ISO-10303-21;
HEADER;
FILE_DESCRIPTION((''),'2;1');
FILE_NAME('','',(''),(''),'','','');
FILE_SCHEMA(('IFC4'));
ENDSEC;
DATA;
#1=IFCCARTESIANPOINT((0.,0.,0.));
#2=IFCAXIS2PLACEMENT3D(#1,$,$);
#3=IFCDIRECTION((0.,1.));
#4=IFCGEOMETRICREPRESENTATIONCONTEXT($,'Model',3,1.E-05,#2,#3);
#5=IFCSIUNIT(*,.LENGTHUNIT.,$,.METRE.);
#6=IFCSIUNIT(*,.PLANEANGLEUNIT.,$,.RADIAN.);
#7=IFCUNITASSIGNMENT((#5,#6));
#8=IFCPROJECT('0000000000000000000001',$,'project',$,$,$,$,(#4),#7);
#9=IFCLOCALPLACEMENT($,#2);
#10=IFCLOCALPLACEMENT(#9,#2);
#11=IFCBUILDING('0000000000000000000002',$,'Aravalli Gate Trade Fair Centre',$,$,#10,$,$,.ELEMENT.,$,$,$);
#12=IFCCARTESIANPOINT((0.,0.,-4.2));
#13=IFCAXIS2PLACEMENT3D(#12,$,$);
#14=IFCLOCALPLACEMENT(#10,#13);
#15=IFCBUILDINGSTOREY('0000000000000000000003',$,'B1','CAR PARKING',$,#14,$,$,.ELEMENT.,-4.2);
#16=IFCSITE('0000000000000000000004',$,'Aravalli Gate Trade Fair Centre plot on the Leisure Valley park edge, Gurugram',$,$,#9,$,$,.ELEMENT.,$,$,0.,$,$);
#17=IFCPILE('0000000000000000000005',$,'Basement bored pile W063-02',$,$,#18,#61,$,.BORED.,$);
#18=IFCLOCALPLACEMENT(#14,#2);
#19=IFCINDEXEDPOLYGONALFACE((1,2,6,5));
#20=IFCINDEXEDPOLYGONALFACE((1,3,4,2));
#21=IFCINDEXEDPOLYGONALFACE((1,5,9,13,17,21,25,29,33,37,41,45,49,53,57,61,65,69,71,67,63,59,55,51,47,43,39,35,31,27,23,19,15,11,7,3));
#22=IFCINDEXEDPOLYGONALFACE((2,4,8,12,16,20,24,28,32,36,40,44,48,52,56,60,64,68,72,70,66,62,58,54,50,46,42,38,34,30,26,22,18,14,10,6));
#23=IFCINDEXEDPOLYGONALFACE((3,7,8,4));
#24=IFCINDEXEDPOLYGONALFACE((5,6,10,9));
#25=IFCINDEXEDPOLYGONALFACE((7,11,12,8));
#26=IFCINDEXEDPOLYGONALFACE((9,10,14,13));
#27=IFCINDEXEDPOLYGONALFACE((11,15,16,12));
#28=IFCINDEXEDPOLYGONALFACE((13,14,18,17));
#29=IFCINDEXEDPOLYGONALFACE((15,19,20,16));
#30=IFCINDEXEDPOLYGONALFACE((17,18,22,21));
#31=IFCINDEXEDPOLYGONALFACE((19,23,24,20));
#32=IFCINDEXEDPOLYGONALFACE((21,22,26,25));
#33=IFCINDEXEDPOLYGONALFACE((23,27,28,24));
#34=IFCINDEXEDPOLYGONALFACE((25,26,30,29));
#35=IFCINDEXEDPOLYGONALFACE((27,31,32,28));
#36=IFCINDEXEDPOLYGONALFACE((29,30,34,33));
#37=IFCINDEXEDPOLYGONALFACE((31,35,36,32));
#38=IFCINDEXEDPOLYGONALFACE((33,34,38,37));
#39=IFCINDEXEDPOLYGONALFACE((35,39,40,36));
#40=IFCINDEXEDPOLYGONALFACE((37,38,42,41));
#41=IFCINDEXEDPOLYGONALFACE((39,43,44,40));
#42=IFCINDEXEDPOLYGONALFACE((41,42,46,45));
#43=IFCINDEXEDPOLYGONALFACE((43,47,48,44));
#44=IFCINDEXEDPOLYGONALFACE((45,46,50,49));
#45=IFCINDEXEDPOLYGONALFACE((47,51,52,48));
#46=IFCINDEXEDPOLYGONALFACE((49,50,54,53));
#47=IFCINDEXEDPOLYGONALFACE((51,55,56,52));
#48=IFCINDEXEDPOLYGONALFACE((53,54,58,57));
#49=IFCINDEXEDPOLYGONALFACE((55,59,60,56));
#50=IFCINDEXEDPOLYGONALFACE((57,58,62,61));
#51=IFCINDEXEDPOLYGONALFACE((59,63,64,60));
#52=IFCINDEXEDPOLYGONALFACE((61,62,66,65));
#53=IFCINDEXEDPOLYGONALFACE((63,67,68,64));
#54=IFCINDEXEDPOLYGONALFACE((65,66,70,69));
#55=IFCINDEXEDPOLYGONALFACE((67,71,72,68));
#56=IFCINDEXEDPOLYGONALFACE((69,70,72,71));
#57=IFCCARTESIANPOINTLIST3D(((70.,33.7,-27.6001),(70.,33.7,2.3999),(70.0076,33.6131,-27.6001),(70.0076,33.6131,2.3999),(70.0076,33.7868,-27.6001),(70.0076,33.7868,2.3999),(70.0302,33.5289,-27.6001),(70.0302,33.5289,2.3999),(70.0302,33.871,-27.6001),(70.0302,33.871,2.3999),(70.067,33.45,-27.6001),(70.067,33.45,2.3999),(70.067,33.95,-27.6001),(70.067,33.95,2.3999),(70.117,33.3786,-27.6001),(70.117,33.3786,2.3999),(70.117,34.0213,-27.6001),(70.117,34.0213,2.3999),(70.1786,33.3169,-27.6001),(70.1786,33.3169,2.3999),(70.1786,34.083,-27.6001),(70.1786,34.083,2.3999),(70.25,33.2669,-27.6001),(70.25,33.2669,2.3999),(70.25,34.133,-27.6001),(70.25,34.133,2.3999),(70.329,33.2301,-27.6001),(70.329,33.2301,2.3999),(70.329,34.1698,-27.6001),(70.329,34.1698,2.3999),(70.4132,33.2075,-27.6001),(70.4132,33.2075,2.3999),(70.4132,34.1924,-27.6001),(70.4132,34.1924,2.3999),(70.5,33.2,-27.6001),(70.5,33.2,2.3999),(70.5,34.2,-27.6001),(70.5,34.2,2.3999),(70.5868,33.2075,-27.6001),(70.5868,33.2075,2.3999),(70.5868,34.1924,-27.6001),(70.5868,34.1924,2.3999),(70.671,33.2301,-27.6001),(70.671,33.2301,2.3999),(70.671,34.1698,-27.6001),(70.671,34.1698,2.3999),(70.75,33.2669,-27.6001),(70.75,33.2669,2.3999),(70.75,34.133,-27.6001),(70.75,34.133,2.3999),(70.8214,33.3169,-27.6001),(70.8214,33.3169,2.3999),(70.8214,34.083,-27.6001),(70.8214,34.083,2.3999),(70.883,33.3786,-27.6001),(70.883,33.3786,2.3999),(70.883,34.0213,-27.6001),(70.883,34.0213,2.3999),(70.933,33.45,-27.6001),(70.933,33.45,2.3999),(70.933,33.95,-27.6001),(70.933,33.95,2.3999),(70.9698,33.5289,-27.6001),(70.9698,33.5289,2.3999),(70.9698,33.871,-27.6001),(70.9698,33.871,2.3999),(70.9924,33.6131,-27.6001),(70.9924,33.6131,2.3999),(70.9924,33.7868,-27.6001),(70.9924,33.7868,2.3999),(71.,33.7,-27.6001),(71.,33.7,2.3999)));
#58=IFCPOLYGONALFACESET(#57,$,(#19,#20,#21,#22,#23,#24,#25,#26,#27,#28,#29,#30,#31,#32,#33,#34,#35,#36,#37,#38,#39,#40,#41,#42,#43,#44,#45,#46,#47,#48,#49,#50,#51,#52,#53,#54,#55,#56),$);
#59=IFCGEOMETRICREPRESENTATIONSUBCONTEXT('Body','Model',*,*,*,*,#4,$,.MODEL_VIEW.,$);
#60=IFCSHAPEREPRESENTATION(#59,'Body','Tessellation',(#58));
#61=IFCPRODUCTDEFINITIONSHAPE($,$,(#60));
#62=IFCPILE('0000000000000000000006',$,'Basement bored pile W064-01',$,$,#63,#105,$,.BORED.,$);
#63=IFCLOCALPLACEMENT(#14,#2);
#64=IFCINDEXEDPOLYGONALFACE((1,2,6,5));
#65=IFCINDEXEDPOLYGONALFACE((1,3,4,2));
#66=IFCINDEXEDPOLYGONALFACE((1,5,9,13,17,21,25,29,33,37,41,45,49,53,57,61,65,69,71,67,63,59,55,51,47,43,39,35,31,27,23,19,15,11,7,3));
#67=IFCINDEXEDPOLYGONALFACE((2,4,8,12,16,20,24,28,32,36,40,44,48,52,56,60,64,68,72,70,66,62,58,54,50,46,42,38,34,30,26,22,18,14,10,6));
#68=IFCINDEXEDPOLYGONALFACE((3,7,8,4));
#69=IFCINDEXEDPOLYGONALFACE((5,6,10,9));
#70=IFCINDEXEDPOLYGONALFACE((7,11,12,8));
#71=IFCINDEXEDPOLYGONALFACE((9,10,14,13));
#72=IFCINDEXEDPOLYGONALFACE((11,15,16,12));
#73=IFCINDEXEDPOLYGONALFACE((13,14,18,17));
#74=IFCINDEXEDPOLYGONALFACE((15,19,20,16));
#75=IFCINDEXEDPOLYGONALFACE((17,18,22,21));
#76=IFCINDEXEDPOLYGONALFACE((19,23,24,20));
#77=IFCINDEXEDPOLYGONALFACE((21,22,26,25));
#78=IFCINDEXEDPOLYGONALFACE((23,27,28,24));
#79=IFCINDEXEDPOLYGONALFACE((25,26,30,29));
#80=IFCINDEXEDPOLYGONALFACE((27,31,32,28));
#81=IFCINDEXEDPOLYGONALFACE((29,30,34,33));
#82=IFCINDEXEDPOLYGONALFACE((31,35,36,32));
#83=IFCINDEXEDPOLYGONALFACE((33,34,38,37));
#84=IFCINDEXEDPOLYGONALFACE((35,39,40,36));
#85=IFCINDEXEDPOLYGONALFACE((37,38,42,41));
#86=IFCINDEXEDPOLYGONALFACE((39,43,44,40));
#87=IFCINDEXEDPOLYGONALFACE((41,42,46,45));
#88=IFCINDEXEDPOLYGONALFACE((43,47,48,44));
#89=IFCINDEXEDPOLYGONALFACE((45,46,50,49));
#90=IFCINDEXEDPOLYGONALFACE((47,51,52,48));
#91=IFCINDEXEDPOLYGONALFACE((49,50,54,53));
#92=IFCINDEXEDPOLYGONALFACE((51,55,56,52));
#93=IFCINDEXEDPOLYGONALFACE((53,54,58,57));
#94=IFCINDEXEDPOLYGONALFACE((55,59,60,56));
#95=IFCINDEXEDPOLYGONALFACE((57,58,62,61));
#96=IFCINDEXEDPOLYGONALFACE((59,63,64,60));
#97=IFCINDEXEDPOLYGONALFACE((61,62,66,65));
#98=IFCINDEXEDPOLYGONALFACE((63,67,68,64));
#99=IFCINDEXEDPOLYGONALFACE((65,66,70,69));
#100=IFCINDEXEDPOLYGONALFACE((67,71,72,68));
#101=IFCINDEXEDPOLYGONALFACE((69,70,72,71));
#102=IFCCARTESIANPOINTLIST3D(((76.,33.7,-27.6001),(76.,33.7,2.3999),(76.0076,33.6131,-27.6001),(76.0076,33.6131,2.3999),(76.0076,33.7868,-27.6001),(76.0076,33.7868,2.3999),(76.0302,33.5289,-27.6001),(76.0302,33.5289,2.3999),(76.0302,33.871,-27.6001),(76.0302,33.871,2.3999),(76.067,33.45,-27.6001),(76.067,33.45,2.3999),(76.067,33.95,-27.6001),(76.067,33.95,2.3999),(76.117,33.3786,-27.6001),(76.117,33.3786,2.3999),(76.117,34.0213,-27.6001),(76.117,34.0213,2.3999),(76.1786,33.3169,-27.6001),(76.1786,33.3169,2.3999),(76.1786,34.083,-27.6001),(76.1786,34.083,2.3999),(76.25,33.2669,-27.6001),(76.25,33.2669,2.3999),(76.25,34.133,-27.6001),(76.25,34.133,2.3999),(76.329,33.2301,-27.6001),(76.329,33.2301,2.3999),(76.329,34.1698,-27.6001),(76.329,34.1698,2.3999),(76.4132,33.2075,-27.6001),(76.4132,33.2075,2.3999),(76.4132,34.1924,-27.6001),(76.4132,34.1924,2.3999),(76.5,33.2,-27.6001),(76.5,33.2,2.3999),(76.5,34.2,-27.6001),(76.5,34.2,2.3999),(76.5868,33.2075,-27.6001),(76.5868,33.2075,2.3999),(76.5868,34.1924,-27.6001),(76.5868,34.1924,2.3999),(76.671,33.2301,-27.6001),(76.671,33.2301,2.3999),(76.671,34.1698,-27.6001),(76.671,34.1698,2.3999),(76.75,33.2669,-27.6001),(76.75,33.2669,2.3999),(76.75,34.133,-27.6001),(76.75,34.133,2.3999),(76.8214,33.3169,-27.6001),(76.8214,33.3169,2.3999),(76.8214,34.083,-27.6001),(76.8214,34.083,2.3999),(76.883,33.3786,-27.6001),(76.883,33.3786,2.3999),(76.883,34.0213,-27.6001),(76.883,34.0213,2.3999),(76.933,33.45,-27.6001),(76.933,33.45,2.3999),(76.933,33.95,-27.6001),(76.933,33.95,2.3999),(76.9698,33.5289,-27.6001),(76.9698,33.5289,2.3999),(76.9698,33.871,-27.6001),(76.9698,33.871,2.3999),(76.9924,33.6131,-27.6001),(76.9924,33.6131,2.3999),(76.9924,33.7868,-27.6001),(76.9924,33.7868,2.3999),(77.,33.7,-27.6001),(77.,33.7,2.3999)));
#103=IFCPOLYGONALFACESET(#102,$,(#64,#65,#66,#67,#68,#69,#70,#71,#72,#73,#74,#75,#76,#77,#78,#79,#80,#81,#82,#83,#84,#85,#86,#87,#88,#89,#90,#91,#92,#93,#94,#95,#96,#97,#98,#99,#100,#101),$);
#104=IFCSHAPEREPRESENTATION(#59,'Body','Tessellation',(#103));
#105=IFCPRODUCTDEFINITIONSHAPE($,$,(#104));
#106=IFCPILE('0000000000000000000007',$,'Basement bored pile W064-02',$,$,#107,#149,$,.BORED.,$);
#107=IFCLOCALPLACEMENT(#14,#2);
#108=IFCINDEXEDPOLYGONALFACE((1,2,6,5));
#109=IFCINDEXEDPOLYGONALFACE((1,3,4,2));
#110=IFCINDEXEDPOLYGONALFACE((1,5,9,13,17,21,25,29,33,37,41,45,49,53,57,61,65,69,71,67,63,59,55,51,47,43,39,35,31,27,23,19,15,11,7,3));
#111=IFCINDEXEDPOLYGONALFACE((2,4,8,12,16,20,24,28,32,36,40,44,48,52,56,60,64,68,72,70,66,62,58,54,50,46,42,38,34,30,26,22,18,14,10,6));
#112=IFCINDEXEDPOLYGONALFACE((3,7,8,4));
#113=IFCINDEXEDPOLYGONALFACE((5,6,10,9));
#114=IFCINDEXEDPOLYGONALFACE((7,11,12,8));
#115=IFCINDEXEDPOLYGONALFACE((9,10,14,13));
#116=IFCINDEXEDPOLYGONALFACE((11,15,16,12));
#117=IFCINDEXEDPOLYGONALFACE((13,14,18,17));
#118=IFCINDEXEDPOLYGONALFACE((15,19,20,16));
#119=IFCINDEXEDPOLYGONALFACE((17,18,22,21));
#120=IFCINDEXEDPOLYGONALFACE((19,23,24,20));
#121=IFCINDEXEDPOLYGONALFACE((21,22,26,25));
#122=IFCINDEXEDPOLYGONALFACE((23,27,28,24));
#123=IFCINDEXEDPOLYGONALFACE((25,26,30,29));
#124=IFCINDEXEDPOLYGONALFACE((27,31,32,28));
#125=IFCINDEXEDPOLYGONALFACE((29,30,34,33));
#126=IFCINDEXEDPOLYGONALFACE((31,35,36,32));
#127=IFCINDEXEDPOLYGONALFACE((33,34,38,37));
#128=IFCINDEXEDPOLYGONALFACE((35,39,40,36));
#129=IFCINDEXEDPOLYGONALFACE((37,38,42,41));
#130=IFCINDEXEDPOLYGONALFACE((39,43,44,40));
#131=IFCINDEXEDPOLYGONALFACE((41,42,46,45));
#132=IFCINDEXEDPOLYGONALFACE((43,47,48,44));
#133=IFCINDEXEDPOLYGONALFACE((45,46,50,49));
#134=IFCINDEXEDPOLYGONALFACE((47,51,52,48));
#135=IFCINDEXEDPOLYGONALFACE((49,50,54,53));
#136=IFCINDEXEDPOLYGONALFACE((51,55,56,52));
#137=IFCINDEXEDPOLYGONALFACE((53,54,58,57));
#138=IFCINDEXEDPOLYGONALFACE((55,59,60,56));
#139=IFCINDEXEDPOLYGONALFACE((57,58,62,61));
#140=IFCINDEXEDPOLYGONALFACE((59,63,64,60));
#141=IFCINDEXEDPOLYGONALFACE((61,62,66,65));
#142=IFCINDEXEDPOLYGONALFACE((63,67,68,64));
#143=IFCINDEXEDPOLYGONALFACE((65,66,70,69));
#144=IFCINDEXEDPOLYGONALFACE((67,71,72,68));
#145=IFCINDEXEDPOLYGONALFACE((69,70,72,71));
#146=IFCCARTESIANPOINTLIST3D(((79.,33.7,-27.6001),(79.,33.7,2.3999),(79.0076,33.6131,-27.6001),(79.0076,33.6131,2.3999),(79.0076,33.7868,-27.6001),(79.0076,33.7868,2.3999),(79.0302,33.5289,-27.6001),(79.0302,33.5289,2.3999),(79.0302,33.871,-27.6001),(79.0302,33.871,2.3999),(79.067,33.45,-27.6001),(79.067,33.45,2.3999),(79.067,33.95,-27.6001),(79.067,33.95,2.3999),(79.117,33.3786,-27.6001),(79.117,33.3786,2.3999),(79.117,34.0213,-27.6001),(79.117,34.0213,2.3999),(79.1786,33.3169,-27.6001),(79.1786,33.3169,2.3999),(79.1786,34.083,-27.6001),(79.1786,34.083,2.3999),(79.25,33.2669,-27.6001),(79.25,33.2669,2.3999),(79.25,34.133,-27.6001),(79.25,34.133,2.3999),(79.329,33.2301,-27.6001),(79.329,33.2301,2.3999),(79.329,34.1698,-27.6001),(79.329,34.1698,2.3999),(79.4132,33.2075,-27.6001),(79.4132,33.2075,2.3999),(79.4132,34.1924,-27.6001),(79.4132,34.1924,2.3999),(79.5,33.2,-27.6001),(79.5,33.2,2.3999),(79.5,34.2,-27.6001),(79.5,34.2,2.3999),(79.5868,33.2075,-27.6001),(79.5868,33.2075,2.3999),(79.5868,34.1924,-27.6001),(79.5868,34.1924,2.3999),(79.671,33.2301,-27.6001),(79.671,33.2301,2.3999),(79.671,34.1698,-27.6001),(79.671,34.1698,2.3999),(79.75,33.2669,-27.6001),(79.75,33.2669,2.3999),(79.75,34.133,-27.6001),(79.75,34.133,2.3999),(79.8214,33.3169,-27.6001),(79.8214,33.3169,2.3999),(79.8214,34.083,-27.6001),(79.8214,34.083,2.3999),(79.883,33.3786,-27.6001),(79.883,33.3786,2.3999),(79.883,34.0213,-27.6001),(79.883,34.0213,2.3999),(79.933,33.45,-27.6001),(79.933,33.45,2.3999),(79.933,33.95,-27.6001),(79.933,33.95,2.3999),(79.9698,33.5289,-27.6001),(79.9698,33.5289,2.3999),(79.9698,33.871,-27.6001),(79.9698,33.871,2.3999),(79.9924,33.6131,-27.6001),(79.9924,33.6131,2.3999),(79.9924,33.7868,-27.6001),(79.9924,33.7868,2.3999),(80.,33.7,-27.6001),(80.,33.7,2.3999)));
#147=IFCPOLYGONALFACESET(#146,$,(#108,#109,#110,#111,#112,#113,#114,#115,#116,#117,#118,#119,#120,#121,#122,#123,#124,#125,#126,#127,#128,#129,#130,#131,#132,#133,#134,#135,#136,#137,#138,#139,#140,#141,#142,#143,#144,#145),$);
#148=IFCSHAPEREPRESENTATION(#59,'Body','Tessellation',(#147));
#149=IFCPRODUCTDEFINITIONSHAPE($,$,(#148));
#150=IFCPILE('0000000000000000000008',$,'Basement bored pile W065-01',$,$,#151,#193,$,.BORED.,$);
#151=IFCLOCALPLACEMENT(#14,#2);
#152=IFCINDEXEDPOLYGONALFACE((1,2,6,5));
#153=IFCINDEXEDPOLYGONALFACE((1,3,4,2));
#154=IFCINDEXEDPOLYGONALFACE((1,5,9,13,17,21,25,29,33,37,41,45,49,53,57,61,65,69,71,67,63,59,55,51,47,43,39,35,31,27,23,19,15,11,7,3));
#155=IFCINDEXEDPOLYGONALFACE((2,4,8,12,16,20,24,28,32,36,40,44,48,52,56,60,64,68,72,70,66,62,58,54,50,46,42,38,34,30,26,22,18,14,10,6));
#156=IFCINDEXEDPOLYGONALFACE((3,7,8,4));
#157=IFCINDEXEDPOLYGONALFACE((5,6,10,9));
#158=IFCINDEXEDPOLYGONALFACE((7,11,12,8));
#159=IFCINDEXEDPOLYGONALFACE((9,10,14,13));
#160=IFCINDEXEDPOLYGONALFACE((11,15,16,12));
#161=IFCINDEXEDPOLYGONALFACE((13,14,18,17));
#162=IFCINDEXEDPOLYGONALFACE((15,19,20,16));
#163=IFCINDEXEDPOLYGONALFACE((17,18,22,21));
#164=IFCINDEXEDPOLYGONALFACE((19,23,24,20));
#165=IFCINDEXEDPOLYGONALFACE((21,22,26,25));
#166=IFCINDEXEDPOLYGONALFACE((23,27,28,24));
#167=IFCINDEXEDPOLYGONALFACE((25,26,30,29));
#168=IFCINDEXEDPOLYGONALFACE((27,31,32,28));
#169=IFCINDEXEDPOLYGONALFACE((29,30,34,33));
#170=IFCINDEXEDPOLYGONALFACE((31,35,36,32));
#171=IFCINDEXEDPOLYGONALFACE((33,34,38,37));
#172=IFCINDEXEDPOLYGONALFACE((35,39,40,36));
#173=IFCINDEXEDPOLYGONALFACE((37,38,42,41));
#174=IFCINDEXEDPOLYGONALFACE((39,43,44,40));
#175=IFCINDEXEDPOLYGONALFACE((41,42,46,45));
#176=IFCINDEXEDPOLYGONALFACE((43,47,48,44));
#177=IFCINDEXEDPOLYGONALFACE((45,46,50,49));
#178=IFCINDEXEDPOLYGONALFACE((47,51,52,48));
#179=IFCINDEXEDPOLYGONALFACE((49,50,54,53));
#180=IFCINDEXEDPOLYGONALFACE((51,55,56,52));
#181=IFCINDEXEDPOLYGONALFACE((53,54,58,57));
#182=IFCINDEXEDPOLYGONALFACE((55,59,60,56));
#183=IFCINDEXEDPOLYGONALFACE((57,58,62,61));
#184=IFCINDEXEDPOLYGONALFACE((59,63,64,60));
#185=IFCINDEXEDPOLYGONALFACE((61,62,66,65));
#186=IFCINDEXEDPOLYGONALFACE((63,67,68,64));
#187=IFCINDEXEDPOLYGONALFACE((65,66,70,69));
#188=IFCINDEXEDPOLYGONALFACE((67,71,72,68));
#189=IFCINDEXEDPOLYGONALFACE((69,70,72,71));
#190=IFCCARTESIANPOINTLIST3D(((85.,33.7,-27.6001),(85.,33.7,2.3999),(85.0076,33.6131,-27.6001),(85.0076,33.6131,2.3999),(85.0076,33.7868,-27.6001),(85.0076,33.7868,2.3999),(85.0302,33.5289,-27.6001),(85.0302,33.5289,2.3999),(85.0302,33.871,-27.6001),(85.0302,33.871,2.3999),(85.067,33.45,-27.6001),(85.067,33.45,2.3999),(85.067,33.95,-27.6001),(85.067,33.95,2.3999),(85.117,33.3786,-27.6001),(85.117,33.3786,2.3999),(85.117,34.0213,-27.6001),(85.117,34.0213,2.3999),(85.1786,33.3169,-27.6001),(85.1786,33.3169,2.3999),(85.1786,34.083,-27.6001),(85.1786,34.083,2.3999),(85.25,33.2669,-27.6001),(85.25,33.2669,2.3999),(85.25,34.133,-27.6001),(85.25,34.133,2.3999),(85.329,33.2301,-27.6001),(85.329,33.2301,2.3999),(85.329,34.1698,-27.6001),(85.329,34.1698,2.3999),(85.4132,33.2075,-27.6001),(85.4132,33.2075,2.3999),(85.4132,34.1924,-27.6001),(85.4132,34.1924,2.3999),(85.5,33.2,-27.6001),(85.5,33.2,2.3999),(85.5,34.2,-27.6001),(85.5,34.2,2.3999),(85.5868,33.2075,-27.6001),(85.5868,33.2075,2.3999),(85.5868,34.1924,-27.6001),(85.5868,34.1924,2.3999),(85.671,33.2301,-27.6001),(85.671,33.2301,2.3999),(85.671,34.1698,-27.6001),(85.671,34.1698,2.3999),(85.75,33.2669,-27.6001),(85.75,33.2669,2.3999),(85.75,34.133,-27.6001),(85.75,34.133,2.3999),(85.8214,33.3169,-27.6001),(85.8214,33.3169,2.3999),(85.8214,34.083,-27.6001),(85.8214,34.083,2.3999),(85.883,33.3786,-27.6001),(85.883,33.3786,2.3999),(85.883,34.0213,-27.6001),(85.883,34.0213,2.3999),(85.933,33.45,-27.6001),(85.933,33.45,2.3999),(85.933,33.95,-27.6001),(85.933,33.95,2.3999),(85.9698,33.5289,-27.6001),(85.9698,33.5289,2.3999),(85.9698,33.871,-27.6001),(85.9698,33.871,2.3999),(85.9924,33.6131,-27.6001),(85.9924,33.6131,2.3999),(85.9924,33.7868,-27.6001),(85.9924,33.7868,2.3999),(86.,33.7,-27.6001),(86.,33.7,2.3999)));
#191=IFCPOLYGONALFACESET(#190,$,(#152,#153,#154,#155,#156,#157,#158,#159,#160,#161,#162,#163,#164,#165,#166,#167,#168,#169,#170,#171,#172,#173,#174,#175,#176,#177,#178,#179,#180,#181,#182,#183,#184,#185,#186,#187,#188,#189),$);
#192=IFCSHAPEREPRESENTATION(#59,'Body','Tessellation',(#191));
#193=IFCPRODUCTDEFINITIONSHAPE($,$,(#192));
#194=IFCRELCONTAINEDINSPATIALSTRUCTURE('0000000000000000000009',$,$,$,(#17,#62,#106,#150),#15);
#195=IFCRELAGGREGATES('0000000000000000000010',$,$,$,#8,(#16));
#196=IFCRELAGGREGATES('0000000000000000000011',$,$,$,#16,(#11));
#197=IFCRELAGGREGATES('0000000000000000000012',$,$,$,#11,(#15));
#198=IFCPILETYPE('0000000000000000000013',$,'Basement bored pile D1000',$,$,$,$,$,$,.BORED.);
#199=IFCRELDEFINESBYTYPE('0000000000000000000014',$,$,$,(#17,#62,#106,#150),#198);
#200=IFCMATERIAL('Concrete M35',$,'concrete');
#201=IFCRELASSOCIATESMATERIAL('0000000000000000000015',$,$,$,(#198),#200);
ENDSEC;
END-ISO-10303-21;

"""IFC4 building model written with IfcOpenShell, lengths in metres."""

from ifc_helpers import new_model, si_unit, direction, frame, origin, origin_2d, place, context, subcontext, project, spatial, circle, extrude, material, material_profile, profile_set, type_object, element, save


model = new_model("IFC4")

# Units and contexts
model_context = context("Model", 3, precision=1e-05, world=origin(), true_north=direction((0.0, 1.0)))
body_context = subcontext(model_context, "Body", "Model", "MODEL_VIEW")
ifc_project = project(units=[si_unit("LENGTHUNIT", "METRE"), si_unit("PLANEANGLEUNIT", "RADIAN")], contexts=[model_context])

# Site, building, storey
site_placement = place(None, origin())
site = spatial("IfcSite", under=ifc_project, at=site_placement, Name="Aravalli Gate Trade Fair Centre plot on the Leisure Valley park edge, Gurugram", CompositionType="ELEMENT", RefElevation=0.0)
building_placement = place(site_placement, origin())
building = spatial("IfcBuilding", under=site, at=building_placement, Name="Aravalli Gate Trade Fair Centre", CompositionType="ELEMENT")
storey_placement = place(building_placement, frame((0.0, 0.0, -4.2)))
storey = spatial("IfcBuildingStorey", under=building, at=storey_placement, Name="B1", Description="CAR PARKING", CompositionType="ELEMENT", Elevation=-4.2)

# Piles
ifc_material = material(Name="Concrete M35", Category="concrete")
ifc_material_profile = material_profile(ifc_material, circle(Radius=0.5, at=origin_2d()), Name="D1000")
ifc_profile_set = profile_set([ifc_material_profile], Name="Concrete M35")
pile_type = type_object("IfcPileType", Name="Basement bored pile D1000", PredefinedType="BORED", material=ifc_profile_set)
for number, where, z_axis, x_axis, name in (
    (1, (70.5, 33.7, 2.3999), (0.0, 0.0, -1.0), (1.0, 0.0, 0.0), "Basement bored pile W063-02"),
    (2, (76.5, 33.7, 2.3999), (0.0, 0.0, -1.0), (1.0, 0.0, 0.0), "Basement bored pile W064-01"),
    (3, (79.5, 33.7, 2.3999), (0.0, 0.0, -1.0), (1.0, 0.0, 0.0), "Basement bored pile W064-02"),
    (4, (85.5, 33.7, 2.3999), (0.0, 0.0, -1.0), (1.0, 0.0, 0.0), "Basement bored pile W065-01"),
):
    element("IfcPile", number, at=place(storey_placement, frame(where, z_axis=z_axis, x_axis=x_axis)), inside=storey, type_object=pile_type, Name=name, PredefinedType="BORED", context=body_context, shape_type="SweptSolid", body=[
        extrude(circle(Radius=0.5, at=origin_2d()), origin(), (0.0, 0.0, 1.0), 30.0),
    ])

save(model, "model.ifc")
